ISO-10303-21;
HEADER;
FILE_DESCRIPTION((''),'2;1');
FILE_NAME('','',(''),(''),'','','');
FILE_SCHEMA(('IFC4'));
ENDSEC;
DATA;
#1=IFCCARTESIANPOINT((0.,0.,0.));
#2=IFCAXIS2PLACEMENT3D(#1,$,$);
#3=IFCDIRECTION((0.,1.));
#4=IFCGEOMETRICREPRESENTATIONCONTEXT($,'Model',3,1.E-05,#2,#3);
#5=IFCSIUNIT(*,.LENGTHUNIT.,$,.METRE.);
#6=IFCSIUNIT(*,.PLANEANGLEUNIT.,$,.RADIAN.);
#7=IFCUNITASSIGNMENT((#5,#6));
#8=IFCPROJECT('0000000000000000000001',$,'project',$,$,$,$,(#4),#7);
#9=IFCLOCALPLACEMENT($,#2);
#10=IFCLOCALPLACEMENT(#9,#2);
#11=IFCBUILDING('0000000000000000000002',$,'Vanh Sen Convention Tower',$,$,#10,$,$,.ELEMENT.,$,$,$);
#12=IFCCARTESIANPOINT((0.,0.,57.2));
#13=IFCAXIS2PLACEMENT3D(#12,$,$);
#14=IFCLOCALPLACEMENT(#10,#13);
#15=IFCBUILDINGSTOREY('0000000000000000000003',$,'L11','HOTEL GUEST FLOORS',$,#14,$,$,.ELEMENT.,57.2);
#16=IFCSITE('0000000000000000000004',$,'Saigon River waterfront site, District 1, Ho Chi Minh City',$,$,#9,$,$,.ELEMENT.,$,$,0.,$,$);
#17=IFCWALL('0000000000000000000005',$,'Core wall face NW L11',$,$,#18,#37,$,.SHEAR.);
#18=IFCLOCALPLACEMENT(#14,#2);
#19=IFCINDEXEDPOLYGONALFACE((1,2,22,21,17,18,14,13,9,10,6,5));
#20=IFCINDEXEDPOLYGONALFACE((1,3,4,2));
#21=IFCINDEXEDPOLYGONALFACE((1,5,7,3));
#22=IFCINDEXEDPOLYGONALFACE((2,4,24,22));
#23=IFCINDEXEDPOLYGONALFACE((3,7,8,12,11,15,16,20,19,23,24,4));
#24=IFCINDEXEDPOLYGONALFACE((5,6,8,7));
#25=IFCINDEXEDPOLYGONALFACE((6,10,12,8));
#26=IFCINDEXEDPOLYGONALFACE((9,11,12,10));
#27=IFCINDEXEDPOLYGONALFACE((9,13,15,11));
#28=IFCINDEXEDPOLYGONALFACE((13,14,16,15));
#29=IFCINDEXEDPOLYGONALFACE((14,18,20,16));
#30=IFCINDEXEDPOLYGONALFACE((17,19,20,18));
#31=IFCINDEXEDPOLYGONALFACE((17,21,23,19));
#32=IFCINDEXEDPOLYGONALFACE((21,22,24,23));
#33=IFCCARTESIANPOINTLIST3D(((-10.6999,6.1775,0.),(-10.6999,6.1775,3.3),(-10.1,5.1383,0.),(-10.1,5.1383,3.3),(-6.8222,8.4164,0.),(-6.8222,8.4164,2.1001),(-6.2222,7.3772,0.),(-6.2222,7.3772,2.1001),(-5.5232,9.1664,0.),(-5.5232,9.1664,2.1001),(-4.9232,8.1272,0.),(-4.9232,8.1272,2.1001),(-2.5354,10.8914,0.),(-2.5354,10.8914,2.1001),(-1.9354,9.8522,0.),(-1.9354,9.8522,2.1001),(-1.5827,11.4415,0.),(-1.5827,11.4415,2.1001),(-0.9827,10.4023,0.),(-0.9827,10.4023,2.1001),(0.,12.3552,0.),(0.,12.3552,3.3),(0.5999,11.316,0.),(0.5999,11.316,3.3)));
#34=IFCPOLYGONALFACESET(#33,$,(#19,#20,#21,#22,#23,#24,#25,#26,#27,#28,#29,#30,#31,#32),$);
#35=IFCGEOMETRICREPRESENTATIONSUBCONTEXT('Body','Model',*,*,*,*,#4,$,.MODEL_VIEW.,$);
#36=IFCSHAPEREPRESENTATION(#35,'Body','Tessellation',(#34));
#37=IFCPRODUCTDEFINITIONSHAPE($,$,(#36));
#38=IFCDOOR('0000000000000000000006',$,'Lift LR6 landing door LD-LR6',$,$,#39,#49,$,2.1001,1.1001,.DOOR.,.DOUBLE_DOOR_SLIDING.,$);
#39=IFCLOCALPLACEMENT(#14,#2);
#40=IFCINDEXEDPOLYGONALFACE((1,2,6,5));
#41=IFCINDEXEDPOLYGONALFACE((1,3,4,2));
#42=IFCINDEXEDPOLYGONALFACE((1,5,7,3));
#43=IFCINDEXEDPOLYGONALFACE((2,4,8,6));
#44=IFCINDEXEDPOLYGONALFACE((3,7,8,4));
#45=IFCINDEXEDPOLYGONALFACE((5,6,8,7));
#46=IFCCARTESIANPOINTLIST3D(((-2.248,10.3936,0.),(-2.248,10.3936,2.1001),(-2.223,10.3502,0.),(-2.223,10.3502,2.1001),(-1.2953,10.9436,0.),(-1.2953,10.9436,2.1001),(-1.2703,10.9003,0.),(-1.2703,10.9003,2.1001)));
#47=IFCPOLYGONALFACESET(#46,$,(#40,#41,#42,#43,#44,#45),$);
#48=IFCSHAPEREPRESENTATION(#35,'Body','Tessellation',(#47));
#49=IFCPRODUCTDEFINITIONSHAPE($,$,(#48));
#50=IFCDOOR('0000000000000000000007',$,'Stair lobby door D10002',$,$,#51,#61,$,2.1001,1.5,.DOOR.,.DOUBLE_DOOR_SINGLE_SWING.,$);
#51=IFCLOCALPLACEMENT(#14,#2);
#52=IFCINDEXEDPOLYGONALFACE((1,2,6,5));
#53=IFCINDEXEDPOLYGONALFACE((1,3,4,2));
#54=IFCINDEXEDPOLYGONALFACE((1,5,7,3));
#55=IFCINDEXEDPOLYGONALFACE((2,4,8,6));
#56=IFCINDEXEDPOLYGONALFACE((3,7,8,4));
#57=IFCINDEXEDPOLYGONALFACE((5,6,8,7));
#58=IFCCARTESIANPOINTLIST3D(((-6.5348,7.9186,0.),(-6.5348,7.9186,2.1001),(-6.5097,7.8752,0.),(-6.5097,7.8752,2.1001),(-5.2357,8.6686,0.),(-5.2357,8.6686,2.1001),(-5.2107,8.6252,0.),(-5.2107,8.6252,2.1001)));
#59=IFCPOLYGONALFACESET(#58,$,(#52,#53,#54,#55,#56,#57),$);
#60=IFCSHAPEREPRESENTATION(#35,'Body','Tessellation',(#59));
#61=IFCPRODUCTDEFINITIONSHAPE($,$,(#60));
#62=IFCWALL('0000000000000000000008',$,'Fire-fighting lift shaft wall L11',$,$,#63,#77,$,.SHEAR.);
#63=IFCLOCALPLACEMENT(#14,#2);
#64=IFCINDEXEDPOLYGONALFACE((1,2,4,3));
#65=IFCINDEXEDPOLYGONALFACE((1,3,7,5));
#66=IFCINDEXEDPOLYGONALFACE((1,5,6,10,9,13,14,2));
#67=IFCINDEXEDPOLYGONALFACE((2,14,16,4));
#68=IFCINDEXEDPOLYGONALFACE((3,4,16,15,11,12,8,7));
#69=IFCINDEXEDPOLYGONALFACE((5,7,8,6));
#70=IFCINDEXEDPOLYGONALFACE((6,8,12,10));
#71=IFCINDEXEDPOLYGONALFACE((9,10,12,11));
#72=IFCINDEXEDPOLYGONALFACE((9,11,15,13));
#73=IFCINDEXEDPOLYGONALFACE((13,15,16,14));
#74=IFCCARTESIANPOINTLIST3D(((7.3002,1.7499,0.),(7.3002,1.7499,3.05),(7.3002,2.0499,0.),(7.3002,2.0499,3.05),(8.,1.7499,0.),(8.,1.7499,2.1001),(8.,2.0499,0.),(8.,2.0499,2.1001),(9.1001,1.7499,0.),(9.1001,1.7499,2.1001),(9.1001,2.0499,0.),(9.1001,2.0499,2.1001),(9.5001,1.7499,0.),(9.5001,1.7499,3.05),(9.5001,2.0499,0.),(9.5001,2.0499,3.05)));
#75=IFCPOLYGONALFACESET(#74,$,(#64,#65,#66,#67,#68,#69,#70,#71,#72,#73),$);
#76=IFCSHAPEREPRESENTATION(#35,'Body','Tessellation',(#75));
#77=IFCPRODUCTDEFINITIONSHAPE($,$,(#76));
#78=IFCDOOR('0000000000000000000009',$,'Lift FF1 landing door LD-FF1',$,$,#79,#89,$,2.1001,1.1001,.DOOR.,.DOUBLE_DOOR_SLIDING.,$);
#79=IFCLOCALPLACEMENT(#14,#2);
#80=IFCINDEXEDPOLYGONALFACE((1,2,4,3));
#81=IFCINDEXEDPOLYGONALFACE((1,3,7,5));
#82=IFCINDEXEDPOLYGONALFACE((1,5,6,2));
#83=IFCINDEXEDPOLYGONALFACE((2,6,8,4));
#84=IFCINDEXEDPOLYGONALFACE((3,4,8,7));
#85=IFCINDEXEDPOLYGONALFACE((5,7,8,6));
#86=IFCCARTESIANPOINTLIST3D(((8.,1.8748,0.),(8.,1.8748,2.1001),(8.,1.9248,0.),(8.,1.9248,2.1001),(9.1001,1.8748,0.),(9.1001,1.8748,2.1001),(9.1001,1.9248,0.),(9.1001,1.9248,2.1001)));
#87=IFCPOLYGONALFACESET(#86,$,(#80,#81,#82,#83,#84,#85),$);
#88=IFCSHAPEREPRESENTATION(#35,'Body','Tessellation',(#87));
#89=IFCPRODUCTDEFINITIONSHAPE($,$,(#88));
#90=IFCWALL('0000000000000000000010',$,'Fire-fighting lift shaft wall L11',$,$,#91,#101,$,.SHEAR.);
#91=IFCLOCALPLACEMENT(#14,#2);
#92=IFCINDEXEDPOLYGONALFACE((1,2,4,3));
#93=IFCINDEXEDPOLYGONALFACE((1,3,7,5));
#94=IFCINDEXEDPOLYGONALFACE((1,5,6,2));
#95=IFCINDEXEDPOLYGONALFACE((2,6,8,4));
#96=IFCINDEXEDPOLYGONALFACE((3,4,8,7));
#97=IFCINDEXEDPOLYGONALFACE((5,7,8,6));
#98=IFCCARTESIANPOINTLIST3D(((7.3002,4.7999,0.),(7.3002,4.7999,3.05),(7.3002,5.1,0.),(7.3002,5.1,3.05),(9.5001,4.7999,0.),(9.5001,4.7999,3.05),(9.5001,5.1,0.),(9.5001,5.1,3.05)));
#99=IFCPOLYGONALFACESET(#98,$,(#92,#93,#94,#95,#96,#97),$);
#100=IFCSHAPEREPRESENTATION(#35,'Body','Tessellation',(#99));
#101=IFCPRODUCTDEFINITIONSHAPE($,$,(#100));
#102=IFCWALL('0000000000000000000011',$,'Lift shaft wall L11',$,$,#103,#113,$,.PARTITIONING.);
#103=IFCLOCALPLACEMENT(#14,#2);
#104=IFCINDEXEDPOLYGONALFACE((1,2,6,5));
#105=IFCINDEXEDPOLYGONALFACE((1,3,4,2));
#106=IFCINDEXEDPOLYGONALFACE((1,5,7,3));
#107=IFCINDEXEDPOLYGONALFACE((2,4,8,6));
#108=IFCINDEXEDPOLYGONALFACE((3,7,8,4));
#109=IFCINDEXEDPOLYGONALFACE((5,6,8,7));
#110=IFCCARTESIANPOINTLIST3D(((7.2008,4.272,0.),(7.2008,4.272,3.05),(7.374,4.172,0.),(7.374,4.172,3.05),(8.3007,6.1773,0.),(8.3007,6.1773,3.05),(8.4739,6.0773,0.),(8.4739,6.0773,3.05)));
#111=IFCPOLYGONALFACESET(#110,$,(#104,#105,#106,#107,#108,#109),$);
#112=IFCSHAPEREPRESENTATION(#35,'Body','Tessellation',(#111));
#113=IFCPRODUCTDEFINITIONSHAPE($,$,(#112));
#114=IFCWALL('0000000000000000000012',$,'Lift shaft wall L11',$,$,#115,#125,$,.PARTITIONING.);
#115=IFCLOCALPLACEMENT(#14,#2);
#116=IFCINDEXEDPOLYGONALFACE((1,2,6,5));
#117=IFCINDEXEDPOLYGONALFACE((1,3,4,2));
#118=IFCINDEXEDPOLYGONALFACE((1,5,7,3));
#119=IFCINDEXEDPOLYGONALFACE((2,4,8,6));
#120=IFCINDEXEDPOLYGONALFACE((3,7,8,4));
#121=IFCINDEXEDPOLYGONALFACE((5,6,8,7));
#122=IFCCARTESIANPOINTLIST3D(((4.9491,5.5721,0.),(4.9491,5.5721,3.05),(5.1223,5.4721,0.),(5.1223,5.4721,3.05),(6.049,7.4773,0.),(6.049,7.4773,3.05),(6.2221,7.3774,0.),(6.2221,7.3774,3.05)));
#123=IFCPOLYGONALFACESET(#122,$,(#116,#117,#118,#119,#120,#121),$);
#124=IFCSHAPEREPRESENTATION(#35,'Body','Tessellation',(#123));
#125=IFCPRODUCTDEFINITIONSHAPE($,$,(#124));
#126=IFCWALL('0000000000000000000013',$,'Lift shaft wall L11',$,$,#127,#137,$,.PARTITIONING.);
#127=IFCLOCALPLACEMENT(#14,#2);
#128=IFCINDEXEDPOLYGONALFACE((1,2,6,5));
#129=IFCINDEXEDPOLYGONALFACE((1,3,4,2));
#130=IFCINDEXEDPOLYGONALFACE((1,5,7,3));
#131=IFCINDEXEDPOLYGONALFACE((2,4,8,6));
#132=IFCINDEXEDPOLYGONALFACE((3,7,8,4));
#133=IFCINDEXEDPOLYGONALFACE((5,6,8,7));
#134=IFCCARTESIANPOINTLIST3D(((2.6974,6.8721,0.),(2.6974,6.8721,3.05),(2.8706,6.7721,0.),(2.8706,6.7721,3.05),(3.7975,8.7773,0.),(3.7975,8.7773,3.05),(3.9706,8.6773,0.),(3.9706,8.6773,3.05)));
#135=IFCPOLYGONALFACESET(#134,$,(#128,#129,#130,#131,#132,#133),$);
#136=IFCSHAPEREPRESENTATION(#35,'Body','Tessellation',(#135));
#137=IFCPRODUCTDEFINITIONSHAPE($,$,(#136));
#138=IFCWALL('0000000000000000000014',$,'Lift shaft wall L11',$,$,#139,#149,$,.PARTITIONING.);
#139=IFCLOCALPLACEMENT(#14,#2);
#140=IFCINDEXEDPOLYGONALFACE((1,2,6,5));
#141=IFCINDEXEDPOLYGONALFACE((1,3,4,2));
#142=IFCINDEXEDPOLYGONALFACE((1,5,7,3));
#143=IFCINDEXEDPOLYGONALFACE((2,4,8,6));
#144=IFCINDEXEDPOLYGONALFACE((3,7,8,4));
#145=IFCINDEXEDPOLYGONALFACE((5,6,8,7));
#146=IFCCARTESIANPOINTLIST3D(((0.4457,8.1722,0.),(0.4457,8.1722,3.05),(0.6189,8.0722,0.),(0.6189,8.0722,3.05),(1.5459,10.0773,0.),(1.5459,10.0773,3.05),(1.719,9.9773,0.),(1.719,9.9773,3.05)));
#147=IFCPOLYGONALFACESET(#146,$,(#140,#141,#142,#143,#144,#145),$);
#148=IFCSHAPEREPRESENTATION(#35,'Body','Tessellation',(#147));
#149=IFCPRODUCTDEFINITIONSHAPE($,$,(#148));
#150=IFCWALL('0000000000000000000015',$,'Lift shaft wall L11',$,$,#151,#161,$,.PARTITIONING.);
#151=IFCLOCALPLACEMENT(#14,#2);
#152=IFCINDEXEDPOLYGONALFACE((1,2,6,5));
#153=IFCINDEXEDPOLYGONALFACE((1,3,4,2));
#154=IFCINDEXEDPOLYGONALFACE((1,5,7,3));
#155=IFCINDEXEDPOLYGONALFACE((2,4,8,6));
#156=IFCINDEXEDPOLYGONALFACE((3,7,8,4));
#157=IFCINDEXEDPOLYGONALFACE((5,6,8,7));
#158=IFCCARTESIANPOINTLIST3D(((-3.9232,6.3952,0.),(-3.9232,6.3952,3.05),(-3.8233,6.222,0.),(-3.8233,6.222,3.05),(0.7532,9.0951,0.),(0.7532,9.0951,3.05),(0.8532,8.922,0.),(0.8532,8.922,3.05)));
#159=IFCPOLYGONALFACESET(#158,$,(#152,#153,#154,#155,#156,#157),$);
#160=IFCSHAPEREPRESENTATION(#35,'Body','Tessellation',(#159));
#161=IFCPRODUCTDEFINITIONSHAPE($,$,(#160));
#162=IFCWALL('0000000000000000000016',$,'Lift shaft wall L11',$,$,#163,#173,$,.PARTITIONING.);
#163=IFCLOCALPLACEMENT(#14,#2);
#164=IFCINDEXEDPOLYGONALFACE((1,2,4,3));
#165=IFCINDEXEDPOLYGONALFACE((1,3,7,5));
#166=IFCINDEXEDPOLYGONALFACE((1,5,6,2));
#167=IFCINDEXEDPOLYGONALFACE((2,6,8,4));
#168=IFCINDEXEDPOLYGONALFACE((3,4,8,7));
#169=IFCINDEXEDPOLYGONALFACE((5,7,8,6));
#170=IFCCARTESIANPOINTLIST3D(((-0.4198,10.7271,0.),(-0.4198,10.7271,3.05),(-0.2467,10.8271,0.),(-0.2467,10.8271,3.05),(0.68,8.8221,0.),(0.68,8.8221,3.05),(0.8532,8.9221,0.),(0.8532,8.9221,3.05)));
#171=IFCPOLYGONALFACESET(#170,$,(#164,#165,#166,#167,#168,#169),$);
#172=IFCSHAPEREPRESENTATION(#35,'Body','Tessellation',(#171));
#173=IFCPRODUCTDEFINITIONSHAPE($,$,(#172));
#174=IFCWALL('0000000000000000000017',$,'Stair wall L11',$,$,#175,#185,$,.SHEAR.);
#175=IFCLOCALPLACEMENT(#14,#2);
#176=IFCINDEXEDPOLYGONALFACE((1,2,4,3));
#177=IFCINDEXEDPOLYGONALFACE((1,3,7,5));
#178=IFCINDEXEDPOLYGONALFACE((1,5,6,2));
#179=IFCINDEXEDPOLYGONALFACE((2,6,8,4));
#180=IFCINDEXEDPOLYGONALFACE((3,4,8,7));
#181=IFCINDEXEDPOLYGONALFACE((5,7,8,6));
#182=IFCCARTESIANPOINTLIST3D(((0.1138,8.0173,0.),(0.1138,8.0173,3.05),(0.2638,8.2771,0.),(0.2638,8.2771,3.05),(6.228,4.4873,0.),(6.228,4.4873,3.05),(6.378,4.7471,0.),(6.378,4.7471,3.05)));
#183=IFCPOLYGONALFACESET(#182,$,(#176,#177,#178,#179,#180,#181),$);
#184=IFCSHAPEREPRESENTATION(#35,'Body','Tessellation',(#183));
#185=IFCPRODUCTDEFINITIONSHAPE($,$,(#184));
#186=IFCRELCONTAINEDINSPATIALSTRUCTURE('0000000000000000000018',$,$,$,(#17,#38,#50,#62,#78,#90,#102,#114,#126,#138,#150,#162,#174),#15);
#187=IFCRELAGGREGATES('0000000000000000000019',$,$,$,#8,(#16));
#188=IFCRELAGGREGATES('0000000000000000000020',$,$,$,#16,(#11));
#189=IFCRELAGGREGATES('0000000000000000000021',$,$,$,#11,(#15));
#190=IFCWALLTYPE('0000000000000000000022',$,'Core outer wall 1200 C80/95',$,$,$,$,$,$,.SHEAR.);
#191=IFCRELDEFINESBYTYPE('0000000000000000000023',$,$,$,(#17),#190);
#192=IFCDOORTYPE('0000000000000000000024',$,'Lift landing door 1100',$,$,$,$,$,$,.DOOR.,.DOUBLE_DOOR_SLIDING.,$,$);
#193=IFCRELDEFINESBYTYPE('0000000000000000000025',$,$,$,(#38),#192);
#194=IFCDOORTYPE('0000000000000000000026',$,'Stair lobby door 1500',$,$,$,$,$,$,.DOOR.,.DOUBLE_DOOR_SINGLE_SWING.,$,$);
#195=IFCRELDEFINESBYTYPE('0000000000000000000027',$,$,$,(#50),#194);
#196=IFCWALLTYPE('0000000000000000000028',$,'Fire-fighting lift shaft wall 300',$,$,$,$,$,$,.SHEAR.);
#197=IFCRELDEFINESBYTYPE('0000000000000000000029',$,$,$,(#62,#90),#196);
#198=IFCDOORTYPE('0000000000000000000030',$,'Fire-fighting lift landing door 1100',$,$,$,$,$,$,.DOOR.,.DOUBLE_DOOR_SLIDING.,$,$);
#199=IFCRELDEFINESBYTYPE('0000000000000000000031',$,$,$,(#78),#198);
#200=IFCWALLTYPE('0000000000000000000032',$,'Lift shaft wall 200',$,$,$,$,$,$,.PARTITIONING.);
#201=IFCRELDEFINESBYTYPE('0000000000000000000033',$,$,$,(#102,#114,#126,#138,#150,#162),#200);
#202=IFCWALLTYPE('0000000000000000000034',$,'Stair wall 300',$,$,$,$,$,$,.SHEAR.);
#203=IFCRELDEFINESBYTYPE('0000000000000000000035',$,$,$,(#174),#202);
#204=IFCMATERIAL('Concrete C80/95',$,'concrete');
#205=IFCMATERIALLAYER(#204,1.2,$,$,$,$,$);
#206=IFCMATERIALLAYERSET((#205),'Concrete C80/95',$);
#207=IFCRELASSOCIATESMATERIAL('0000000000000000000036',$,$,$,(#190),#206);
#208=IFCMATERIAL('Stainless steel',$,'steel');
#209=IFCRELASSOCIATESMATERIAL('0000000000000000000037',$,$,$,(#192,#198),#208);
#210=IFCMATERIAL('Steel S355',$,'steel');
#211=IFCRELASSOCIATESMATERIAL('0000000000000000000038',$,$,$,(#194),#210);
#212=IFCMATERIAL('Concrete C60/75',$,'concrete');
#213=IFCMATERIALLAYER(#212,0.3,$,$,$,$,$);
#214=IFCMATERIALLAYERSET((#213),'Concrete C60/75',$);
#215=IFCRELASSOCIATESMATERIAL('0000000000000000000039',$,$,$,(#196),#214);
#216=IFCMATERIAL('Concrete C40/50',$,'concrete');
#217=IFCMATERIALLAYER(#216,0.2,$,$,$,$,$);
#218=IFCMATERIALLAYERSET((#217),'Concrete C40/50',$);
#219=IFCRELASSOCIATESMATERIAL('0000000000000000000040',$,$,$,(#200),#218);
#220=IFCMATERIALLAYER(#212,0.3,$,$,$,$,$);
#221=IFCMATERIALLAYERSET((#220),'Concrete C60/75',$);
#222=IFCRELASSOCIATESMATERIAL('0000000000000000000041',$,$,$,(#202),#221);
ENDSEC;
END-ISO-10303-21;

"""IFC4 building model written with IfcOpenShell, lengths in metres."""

from ifc_helpers import new_model, si_unit, direction, frame, frame_2d, origin, place, context, subcontext, project, spatial, rectangle, extrude, material, layer, layer_set, type_object, element, fill, save


model = new_model("IFC4")

# Units and contexts
model_context = context("Model", 3, precision=1e-05, world=origin(), true_north=direction((0.0, 1.0)))
body_context = subcontext(model_context, "Body", "Model", "MODEL_VIEW")
ifc_project = project(units=[si_unit("LENGTHUNIT", "METRE"), si_unit("PLANEANGLEUNIT", "RADIAN")], contexts=[model_context])

# Site, building, storey
site_placement = place(None, origin())
site = spatial("IfcSite", under=ifc_project, at=site_placement, Name="Saigon River waterfront site, District 1, Ho Chi Minh City", CompositionType="ELEMENT", RefElevation=0.0)
building_placement = place(site_placement, origin())
building = spatial("IfcBuilding", under=site, at=building_placement, Name="Vanh Sen Convention Tower", CompositionType="ELEMENT")
storey_placement = place(building_placement, frame((0.0, 0.0, 57.2)))
storey = spatial("IfcBuildingStorey", under=building, at=storey_placement, Name="L11", Description="HOTEL GUEST FLOORS", CompositionType="ELEMENT", Elevation=57.2)

# Wall, openings, doors
ifc_material_1 = material(Name="Concrete C80/95", Category="concrete")
ifc_layer_1 = layer(ifc_material_1, 1.2)
ifc_layer_set_1 = layer_set([ifc_layer_1], Name="Concrete C80/95")
wall_type_1 = type_object("IfcWallType", Name="Core outer wall 1200 C80/95", PredefinedType="SHEAR", material=ifc_layer_set_1)
wall_1_placement = place(storey_placement, frame((0.3, 11.8357, 0.0), z_axis=(0.0, 0.0, 1.0), x_axis=(-0.866021, -0.500007, 0.0)))
wall_1 = element("IfcWall", 1, at=wall_1_placement, inside=storey, type_object=wall_type_1, Name="Core wall face NW L11", PredefinedType="SHEAR", context=body_context, shape_type="SweptSolid", body=[
    extrude(rectangle(XDim=12.3552, YDim=1.2, at=frame_2d((6.1777, 0.0))), origin(), (0.0, 0.0, 1.0), 3.3),
])
opening_1_placement = place(wall_1_placement, frame((6.3777, 0.0, 0.0)))
opening_1 = element("IfcOpeningElement", 2, at=opening_1_placement, cuts=wall_1, PredefinedType="OPENING", context=body_context, shape_type="SweptSolid", body=[
    extrude(rectangle(XDim=1.5, YDim=2.1001, at=frame_2d((0.75, 1.05))), frame((0.0, 0.6099, 0.0), z_axis=(0.0, -1.0, 0.0), x_axis=(1.0, 0.0, 0.0)), (0.0, 0.0, 1.0), 1.22),
])
opening_2_placement = place(wall_1_placement, frame((1.8276, 0.0, 0.0)))
opening_2 = element("IfcOpeningElement", 3, at=opening_2_placement, cuts=wall_1, PredefinedType="OPENING", context=body_context, shape_type="SweptSolid", body=[
    extrude(rectangle(XDim=1.1001, YDim=2.1001, at=frame_2d((0.55, 1.05))), frame((0.0, 0.6099, 0.0), z_axis=(0.0, -1.0, 0.0), x_axis=(1.0, 0.0, 0.0)), (0.0, 0.0, 1.0), 1.22),
])
ifc_material_2 = material(Name="Stainless steel", Category="steel")
door_type_1 = type_object("IfcDoorType", Name="Lift landing door 1100", OperationType="DOUBLE_DOOR_SLIDING", PredefinedType="DOOR", material=ifc_material_2)
door_1_placement = place(opening_2_placement, origin())
door_1 = element("IfcDoor", 4, at=door_1_placement, inside=storey, type_object=door_type_1, Name="Lift LR6 landing door LD-LR6", OperationType="DOUBLE_DOOR_SLIDING", OverallHeight=2.1001, OverallWidth=1.1001, PredefinedType="DOOR", context=body_context, shape_type="SweptSolid", body=[
    extrude(rectangle(XDim=1.1001, YDim=2.1001, at=frame_2d((0.55, 1.05))), frame((0.0, 0.0249, 0.0), z_axis=(0.0, -1.0, 0.0), x_axis=(1.0, 0.0, 0.0)), (0.0, 0.0, 1.0), 0.05),
])
fill(opening_2, door_1)
ifc_material_3 = material(Name="Steel S355", Category="steel")
door_type_2 = type_object("IfcDoorType", Name="Stair lobby door 1500", OperationType="DOUBLE_DOOR_SINGLE_SWING", PredefinedType="DOOR", material=ifc_material_3)
door_2_placement = place(opening_1_placement, origin())
door_2 = element("IfcDoor", 5, at=door_2_placement, inside=storey, type_object=door_type_2, Name="Stair lobby door D10002", OperationType="DOUBLE_DOOR_SINGLE_SWING", OverallHeight=2.1001, OverallWidth=1.5, PredefinedType="DOOR", context=body_context, shape_type="SweptSolid", body=[
    extrude(rectangle(XDim=1.5, YDim=2.1001, at=frame_2d((0.75, 1.05))), frame((0.0, 0.0249, 0.0), z_axis=(0.0, -1.0, 0.0), x_axis=(1.0, 0.0, 0.0)), (0.0, 0.0, 1.0), 0.05),
])
fill(opening_1, door_2)

# Wall, opening, door
ifc_material_4 = material(Name="Concrete C60/75", Category="concrete")
ifc_layer_2 = layer(ifc_material_4, 0.3)
ifc_layer_set_2 = layer_set([ifc_layer_2], Name="Concrete C60/75")
wall_type_2 = type_object("IfcWallType", Name="Fire-fighting lift shaft wall 300", PredefinedType="SHEAR", material=ifc_layer_set_2)
wall_2_placement = place(storey_placement, frame((7.3, 1.8999, 0.0), z_axis=(0.0, 0.0, 1.0), x_axis=(1.0, 0.0, 0.0)))
wall_2 = element("IfcWall", 6, at=wall_2_placement, inside=storey, type_object=wall_type_2, Name="Fire-fighting lift shaft wall L11", PredefinedType="SHEAR", context=body_context, shape_type="SweptSolid", body=[
    extrude(rectangle(XDim=2.2, YDim=0.3, at=frame_2d((1.1001, 0.0))), origin(), (0.0, 0.0, 1.0), 3.05),
])
opening_3_placement = place(wall_2_placement, frame((0.7, 0.0, 0.0)))
opening_3 = element("IfcOpeningElement", 7, at=opening_3_placement, cuts=wall_2, PredefinedType="OPENING", context=body_context, shape_type="SweptSolid", body=[
    extrude(rectangle(XDim=1.1001, YDim=2.1001, at=frame_2d((0.55, 1.05))), frame((0.0, 0.1599, 0.0), z_axis=(0.0, -1.0, 0.0), x_axis=(1.0, 0.0, 0.0)), (0.0, 0.0, 1.0), 0.3201),
])
door_type_3 = type_object("IfcDoorType", Name="Fire-fighting lift landing door 1100", OperationType="DOUBLE_DOOR_SLIDING", PredefinedType="DOOR", material=ifc_material_2)
door_3_placement = place(opening_3_placement, origin())
door_3 = element("IfcDoor", 8, at=door_3_placement, inside=storey, type_object=door_type_3, Name="Lift FF1 landing door LD-FF1", OperationType="DOUBLE_DOOR_SLIDING", OverallHeight=2.1001, OverallWidth=1.1001, PredefinedType="DOOR", context=body_context, shape_type="SweptSolid", body=[
    extrude(rectangle(XDim=1.1001, YDim=2.1001, at=frame_2d((0.55, 1.05))), frame((0.0, 0.0249, 0.0), z_axis=(0.0, -1.0, 0.0), x_axis=(1.0, 0.0, 0.0)), (0.0, 0.0, 1.0), 0.05),
])
fill(opening_3, door_3)

# Walls
wall_3_placement = place(storey_placement, frame((7.3, 4.95, 0.0), z_axis=(0.0, 0.0, 1.0), x_axis=(1.0, 0.0, 0.0)))
element("IfcWall", 9, at=wall_3_placement, inside=storey, type_object=wall_type_2, Name="Fire-fighting lift shaft wall L11", PredefinedType="SHEAR", context=body_context, shape_type="SweptSolid", body=[
    extrude(rectangle(XDim=2.2, YDim=0.3, at=frame_2d((1.1001, 0.0))), origin(), (0.0, 0.0, 1.0), 3.05),
])
ifc_material_5 = material(Name="Concrete C40/50", Category="concrete")
ifc_layer_3 = layer(ifc_material_5, 0.2)
ifc_layer_set_3 = layer_set([ifc_layer_3], Name="Concrete C40/50")
wall_type_3 = type_object("IfcWallType", Name="Lift shaft wall 200", PredefinedType="PARTITIONING", material=ifc_layer_set_3)
for number, where, z_axis, x_axis, name in (
    (10, (7.2874, 4.2219, 0.0), (0.0, 0.0, 1.0), (0.499947, 0.866056, 0.0), "Lift shaft wall L11"),
    (11, (5.0356, 5.522, 0.0), (0.0, 0.0, 1.0), (0.499947, 0.866056, 0.0), "Lift shaft wall L11"),
    (12, (2.7839, 6.822, 0.0), (0.0, 0.0, 1.0), (0.50003, 0.866008, 0.0), "Lift shaft wall L11"),
    (13, (0.5322, 8.1221, 0.0), (0.0, 0.0, 1.0), (0.500078, 0.86598, 0.0), "Lift shaft wall L11"),
):
    element("IfcWall", number, at=place(storey_placement, frame(where, z_axis=z_axis, x_axis=x_axis)), inside=storey, type_object=wall_type_3, Name=name, PredefinedType="PARTITIONING", context=body_context, shape_type="SweptSolid", body=[
        extrude(rectangle(XDim=2.2, YDim=0.2, at=frame_2d((1.1001, 0.0))), origin(), (0.0, 0.0, 1.0), 3.05),
    ])
wall_4_placement = place(storey_placement, frame((0.8032, 9.0085, 0.0), z_axis=(0.0, 0.0, 1.0), x_axis=(-0.866028, -0.499995, 0.0)))
element("IfcWall", 14, at=wall_4_placement, inside=storey, type_object=wall_type_3, Name="Lift shaft wall L11", PredefinedType="PARTITIONING", context=body_context, shape_type="SweptSolid", body=[
    extrude(rectangle(XDim=5.3999, YDim=0.2, at=frame_2d((2.7, 0.0))), origin(), (0.0, 0.0, 1.0), 3.05),
])
wall_5_placement = place(storey_placement, frame((0.7666, 8.8721, 0.0), z_axis=(0.0, 0.0, 1.0), x_axis=(-0.499995, 0.866028, 0.0)))
element("IfcWall", 15, at=wall_5_placement, inside=storey, type_object=wall_type_3, Name="Lift shaft wall L11", PredefinedType="PARTITIONING", context=body_context, shape_type="SweptSolid", body=[
    extrude(rectangle(XDim=2.1997, YDim=0.2, at=frame_2d((1.0999, 0.0))), origin(), (0.0, 0.0, 1.0), 3.05),
])
ifc_layer_4 = layer(ifc_material_4, 0.3)
ifc_layer_set_4 = layer_set([ifc_layer_4], Name="Concrete C60/75")
wall_type_4 = type_object("IfcWallType", Name="Stair wall 300", PredefinedType="SHEAR", material=ifc_layer_set_4)
wall_6_placement = place(storey_placement, frame((6.303, 4.6172, 0.0), z_axis=(0.0, 0.0, 1.0), x_axis=(-0.866028, 0.499996, 0.0)))
element("IfcWall", 16, at=wall_6_placement, inside=storey, type_object=wall_type_4, Name="Stair wall L11", PredefinedType="SHEAR", context=body_context, shape_type="SweptSolid", body=[
    extrude(rectangle(XDim=7.0601, YDim=0.3, at=frame_2d((3.53, 0.0))), origin(), (0.0, 0.0, 1.0), 3.05),
])

save(model, "model.ifc")
